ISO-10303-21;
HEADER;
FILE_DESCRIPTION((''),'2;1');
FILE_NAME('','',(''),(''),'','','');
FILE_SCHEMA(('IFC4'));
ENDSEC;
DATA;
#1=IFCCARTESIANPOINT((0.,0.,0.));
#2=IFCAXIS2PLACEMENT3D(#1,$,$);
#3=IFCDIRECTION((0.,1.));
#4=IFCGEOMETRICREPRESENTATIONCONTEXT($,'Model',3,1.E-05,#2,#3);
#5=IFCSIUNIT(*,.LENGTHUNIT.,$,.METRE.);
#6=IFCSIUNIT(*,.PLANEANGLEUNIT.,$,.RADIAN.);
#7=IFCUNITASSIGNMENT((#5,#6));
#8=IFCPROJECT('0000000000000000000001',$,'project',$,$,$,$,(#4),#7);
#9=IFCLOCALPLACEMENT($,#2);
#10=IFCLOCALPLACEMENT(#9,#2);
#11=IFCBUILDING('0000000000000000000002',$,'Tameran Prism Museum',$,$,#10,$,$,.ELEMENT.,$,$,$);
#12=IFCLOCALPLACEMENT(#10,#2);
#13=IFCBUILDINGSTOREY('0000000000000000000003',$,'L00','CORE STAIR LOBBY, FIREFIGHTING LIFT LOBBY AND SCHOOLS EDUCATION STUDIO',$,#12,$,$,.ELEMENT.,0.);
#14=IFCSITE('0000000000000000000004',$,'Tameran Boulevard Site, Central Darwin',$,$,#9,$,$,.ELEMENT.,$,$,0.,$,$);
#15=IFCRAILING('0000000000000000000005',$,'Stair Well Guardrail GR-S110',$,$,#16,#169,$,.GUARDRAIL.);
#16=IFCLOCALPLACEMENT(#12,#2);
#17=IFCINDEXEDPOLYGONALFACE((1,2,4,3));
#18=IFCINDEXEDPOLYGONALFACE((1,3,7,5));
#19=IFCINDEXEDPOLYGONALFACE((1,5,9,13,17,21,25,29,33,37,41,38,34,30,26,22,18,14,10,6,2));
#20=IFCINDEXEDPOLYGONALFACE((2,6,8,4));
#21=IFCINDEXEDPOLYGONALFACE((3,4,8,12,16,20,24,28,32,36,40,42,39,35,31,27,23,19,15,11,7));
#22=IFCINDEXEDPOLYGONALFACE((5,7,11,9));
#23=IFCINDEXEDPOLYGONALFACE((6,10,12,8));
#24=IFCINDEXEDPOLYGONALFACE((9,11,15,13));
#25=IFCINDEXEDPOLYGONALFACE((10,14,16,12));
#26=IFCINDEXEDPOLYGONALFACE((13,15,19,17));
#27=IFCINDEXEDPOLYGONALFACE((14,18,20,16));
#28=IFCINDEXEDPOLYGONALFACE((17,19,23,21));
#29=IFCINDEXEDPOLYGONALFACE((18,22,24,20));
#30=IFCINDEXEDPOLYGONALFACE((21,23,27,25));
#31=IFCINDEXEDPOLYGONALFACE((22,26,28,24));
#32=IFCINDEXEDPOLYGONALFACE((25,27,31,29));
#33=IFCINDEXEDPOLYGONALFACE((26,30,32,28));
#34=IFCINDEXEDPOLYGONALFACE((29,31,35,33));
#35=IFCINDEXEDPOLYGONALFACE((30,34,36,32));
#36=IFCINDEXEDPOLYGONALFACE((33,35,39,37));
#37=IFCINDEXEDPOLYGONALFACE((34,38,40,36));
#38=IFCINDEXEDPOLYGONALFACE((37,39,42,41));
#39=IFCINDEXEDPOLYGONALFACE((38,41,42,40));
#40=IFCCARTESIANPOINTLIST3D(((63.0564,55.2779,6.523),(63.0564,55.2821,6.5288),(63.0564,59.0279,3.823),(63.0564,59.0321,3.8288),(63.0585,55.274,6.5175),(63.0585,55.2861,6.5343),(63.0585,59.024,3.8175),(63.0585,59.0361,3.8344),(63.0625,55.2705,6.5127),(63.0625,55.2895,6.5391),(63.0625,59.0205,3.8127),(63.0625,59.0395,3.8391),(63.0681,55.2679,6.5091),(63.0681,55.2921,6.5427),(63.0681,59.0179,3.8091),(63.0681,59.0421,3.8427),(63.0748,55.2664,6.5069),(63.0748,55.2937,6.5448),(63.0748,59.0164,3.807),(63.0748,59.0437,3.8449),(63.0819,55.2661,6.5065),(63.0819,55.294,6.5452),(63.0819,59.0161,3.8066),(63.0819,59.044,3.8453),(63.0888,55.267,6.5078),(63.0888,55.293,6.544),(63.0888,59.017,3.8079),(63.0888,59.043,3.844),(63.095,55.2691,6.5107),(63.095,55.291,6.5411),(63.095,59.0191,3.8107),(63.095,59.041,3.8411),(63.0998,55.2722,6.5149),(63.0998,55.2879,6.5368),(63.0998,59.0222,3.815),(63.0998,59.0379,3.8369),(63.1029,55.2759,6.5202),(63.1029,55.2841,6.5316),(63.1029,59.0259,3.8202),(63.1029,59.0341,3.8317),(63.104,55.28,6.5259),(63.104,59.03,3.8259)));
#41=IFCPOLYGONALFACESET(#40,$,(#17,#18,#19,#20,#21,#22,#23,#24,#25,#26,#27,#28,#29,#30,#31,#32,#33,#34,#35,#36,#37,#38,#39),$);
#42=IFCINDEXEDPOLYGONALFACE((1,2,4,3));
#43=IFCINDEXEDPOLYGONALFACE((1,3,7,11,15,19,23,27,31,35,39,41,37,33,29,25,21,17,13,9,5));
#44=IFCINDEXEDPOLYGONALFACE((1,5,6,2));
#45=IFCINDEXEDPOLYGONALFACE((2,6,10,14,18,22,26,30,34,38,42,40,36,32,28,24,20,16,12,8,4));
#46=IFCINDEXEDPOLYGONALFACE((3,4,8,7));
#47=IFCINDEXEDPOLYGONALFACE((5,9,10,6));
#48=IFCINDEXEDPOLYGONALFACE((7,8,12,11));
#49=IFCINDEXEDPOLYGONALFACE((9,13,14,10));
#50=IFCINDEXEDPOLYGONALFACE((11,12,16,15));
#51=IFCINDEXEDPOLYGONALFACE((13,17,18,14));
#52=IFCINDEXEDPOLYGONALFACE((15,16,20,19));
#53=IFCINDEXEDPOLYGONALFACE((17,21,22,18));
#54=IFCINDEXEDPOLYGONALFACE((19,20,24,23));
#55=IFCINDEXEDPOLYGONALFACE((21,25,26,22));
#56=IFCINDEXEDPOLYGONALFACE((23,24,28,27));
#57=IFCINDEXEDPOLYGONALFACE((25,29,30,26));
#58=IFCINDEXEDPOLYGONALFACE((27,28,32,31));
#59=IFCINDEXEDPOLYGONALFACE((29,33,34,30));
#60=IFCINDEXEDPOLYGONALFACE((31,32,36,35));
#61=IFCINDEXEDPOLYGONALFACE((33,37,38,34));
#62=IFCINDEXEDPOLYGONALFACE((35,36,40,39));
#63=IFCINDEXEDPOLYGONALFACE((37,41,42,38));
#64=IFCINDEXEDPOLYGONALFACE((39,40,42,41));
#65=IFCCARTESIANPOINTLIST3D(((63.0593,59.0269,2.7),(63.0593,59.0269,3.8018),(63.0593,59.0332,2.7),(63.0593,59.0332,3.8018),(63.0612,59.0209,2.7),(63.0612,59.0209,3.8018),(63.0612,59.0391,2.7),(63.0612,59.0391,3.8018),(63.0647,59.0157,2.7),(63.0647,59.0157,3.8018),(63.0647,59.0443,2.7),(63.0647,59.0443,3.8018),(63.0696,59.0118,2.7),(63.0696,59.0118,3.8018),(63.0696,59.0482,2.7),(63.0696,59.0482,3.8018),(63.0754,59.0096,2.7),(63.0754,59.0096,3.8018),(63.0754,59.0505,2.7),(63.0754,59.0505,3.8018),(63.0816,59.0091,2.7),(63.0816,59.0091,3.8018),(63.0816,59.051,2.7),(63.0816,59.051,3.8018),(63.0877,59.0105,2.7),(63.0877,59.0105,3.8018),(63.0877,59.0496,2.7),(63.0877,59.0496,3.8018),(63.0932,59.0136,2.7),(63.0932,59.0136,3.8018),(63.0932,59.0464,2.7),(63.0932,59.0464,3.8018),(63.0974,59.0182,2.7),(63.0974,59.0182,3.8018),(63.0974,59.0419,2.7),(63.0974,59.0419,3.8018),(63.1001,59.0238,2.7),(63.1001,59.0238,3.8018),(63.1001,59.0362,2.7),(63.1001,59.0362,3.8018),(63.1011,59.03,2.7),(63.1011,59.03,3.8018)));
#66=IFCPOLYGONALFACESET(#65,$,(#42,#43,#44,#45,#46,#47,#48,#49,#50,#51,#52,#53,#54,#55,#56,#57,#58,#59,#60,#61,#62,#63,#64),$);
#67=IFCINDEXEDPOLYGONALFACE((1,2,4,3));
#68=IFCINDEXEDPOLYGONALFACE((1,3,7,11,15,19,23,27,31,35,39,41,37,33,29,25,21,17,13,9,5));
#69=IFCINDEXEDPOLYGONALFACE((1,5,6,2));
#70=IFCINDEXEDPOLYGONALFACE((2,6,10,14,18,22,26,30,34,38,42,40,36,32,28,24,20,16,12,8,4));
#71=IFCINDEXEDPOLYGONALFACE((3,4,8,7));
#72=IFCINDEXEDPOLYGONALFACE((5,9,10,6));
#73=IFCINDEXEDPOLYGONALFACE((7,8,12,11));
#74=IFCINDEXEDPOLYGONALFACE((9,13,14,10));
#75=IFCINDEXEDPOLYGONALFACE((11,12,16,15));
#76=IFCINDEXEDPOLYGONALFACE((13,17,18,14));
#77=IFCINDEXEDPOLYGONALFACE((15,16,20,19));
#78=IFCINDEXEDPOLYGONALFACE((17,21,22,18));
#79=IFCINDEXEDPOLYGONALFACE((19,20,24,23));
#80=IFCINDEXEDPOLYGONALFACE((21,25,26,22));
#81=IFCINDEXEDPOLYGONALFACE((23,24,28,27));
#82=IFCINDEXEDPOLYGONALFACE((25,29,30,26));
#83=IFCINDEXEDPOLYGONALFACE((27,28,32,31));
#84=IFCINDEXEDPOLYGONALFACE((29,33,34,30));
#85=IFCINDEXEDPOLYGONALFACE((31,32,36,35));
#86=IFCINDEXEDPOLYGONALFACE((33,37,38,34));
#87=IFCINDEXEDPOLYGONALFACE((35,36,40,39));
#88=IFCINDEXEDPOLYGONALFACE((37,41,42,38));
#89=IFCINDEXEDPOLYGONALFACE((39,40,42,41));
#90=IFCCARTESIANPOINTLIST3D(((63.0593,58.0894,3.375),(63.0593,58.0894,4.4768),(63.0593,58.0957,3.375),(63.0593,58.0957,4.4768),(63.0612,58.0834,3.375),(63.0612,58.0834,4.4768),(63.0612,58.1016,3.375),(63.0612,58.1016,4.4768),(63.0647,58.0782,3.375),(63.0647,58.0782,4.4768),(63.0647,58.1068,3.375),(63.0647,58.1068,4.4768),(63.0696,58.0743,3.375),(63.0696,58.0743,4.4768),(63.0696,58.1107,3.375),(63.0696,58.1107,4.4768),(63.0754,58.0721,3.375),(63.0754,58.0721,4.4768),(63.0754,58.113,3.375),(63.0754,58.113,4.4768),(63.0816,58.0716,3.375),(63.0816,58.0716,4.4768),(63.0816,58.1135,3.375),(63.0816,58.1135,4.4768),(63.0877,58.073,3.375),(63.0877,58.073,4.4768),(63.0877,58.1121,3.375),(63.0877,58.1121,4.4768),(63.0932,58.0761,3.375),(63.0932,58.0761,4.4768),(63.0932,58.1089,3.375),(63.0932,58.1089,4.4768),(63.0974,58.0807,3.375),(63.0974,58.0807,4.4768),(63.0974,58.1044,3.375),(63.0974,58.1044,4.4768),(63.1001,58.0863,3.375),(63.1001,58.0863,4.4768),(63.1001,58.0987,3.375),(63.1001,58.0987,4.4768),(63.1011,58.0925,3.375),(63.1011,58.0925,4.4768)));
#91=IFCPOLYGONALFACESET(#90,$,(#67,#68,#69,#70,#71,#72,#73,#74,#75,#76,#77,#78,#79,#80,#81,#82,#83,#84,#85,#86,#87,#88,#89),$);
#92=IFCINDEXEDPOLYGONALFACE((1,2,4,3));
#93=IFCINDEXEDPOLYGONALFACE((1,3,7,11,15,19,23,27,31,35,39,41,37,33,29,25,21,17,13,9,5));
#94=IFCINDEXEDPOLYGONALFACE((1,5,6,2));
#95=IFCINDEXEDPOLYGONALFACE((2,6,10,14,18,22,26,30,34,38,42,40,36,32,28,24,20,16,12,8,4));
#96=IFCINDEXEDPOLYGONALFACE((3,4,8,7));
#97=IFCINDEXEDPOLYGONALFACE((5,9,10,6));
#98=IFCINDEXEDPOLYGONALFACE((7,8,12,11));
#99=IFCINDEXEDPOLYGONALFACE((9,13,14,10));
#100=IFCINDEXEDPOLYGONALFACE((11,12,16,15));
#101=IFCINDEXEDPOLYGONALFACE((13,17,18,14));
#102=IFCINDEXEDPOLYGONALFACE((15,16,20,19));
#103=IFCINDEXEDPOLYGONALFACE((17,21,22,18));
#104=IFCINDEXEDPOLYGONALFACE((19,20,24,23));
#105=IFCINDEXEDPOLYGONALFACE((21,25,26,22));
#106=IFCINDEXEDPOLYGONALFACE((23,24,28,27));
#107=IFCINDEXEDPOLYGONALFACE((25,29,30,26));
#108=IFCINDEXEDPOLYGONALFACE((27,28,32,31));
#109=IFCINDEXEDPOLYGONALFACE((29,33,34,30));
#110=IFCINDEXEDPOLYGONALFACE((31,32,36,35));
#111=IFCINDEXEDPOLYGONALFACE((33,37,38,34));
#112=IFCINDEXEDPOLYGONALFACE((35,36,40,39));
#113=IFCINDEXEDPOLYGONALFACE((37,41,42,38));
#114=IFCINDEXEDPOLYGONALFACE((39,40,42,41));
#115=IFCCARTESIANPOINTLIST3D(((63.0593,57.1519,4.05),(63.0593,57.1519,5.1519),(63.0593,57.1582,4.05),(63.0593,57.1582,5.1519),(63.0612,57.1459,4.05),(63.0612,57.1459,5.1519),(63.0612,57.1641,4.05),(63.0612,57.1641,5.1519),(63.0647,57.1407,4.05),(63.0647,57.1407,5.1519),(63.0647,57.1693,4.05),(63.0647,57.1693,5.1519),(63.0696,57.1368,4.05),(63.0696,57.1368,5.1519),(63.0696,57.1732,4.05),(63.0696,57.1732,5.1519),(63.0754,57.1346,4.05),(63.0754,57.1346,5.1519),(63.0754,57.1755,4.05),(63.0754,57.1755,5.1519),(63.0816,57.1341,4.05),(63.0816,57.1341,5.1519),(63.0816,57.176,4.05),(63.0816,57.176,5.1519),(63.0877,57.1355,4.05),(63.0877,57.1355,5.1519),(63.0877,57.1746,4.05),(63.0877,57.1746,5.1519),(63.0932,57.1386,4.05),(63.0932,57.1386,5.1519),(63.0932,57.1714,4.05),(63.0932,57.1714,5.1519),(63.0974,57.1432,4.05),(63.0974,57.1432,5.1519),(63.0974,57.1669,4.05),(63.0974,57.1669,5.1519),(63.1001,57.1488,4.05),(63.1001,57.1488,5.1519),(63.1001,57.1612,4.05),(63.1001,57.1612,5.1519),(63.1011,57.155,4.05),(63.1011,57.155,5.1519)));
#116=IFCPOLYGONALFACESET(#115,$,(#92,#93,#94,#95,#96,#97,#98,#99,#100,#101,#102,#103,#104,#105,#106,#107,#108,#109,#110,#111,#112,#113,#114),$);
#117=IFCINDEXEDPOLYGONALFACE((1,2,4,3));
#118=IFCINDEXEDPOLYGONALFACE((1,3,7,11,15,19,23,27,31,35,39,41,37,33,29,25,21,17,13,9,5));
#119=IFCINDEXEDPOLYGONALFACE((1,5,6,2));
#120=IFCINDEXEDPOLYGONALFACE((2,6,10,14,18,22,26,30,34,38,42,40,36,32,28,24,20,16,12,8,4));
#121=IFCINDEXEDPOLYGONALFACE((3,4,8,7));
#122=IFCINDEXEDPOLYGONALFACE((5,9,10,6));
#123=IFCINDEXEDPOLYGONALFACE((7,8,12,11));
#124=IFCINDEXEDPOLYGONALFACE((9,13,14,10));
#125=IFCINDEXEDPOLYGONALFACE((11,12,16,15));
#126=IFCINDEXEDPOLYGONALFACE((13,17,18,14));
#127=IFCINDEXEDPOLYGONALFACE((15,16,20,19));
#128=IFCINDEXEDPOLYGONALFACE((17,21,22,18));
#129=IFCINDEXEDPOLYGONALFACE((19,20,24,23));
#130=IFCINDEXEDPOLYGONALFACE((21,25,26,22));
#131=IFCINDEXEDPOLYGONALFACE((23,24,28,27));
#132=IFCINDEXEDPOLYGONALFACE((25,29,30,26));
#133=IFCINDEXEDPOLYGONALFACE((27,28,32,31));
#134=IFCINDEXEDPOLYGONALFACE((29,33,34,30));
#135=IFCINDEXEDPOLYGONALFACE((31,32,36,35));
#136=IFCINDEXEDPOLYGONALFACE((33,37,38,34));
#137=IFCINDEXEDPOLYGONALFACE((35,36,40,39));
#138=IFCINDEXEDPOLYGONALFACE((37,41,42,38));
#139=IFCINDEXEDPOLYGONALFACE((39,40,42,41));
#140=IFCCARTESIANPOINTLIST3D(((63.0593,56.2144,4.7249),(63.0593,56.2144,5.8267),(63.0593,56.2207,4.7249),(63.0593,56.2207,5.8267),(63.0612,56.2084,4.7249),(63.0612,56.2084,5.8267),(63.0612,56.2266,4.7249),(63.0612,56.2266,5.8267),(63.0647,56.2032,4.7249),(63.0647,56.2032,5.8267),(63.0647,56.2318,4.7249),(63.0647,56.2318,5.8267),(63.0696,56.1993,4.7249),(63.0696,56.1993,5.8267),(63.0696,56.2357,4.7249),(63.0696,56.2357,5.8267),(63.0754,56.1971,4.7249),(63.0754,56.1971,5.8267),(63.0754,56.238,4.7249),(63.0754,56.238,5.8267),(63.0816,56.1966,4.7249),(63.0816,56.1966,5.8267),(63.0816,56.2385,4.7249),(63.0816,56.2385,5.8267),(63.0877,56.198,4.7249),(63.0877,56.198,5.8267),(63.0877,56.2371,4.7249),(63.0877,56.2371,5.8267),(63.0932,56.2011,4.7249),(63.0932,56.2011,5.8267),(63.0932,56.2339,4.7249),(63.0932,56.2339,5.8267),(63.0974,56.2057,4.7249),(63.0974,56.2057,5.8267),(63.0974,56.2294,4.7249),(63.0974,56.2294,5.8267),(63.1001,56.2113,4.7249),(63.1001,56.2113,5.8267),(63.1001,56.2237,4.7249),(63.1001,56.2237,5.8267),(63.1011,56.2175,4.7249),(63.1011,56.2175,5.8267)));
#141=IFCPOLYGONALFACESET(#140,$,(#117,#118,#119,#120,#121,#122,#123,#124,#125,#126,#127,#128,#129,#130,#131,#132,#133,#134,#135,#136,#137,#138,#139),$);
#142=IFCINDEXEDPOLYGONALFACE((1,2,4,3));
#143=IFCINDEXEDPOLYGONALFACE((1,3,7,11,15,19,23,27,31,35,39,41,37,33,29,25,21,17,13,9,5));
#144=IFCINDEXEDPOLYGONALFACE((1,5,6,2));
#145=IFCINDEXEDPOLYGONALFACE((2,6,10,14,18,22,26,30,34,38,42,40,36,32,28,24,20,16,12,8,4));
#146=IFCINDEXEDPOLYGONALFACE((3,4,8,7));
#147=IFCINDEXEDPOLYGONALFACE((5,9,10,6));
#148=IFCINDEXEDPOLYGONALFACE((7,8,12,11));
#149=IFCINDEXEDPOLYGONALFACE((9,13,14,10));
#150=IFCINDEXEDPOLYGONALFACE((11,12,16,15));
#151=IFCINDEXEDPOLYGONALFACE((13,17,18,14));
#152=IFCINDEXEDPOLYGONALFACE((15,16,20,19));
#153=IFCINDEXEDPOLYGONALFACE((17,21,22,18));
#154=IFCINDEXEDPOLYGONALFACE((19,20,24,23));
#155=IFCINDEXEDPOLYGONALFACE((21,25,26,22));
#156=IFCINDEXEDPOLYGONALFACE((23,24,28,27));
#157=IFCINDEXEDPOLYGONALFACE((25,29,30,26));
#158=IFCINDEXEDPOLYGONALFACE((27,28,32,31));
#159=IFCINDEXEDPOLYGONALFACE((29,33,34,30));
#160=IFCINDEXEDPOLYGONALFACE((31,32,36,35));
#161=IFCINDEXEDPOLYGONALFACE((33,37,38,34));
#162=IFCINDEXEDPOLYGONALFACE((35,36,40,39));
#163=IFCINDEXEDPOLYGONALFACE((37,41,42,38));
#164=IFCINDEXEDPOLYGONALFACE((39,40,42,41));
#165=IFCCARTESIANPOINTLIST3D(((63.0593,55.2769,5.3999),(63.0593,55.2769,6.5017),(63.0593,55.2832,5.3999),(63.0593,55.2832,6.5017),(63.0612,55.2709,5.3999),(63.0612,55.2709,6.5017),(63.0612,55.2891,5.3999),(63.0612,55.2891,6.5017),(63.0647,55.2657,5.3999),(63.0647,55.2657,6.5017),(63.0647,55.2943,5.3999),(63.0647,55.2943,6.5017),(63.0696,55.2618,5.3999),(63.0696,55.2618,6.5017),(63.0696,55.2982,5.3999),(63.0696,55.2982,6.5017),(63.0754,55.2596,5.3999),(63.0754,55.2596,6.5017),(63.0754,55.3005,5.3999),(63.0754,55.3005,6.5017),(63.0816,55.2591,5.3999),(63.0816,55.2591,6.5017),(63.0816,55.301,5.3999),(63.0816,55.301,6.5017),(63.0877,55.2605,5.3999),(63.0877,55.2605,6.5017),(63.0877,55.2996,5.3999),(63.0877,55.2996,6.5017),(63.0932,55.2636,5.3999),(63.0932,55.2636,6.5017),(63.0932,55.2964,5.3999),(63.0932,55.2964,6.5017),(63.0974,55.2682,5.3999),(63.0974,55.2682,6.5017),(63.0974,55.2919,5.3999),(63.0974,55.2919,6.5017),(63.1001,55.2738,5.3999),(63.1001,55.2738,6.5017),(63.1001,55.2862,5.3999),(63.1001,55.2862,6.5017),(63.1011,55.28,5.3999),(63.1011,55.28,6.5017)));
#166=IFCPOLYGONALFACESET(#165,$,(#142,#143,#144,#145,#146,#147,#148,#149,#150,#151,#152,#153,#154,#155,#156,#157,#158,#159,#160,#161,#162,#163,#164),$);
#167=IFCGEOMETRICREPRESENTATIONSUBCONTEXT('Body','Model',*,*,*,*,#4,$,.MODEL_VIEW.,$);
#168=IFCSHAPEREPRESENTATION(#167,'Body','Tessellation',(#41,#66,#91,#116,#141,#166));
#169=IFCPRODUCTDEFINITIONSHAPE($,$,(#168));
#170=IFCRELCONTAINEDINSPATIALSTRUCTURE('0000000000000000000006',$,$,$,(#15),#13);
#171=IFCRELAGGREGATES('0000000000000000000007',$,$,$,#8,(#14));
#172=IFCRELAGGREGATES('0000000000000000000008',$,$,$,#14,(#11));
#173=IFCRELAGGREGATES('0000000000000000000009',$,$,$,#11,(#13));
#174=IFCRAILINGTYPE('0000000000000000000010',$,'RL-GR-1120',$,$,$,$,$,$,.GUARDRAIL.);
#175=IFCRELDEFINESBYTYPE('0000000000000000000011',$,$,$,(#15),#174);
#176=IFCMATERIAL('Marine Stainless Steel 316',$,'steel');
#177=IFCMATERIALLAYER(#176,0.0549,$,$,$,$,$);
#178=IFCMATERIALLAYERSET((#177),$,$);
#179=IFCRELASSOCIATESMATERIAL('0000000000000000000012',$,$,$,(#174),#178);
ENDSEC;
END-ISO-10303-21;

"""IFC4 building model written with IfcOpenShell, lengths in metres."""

from ifc_helpers import new_model, si_unit, direction, frame, origin, origin_2d, place, context, subcontext, project, spatial, circle, extrude, material, layer, layer_set, type_object, element, save


model = new_model("IFC4")

# Units and contexts
model_context = context("Model", 3, precision=1e-05, world=origin(), true_north=direction((0.0, 1.0)))
body_context = subcontext(model_context, "Body", "Model", "MODEL_VIEW")
ifc_project = project(units=[si_unit("LENGTHUNIT", "METRE"), si_unit("PLANEANGLEUNIT", "RADIAN")], contexts=[model_context])

# Site, building, storey
site_placement = place(None, origin())
site = spatial("IfcSite", under=ifc_project, at=site_placement, Name="Tameran Boulevard Site, Central Darwin", CompositionType="ELEMENT", RefElevation=0.0)
building_placement = place(site_placement, origin())
building = spatial("IfcBuilding", under=site, at=building_placement, Name="Tameran Prism Museum", CompositionType="ELEMENT")
storey_placement = place(building_placement, origin())
storey = spatial("IfcBuildingStorey", under=building, at=storey_placement, Name="L00", Description="CORE STAIR LOBBY, FIREFIGHTING LIFT LOBBY AND SCHOOLS EDUCATION STUDIO", CompositionType="ELEMENT", Elevation=0.0)

# Railing
ifc_material_1 = material(Name="Marine Stainless Steel 316", Category="steel")
ifc_layer_1 = layer(ifc_material_1, 0.0549)
ifc_layer_set_1 = layer_set([ifc_layer_1])
railing_type_1 = type_object("IfcRailingType", Name="RL-GR-1120", PredefinedType="GUARDRAIL", material=ifc_layer_set_1)
railing_1_placement = place(storey_placement, frame((63.0801, 59.03, 2.7)))
element("IfcRailing", 1, at=railing_1_placement, inside=storey, type_object=railing_type_1, Name="Stair Well Guardrail GR-S110", PredefinedType="GUARDRAIL", context=body_context, shape_type="SweptSolid", body=[
    extrude(circle(Radius=0.0239, at=origin_2d()), frame((0.0, 0.0, 1.126), z_axis=(0.0, -0.811539, 0.584298), x_axis=(1.0, 0.0, 0.0)), (0.0, 0.0, 1.0), 4.6208),
    extrude(circle(Radius=0.021, at=origin_2d()), origin(), (0.0, 0.0, 1.0), 1.1018),
    extrude(circle(Radius=0.021, at=origin_2d()), frame((0.0, -0.9375, 0.675)), (0.0, 0.0, 1.0), 1.1018),
    extrude(circle(Radius=0.021, at=origin_2d()), frame((0.0, -1.875, 1.3501)), (0.0, 0.0, 1.0), 1.1018),
    extrude(circle(Radius=0.021, at=origin_2d()), frame((0.0, -2.8125, 2.0249)), (0.0, 0.0, 1.0), 1.1018),
    extrude(circle(Radius=0.021, at=origin_2d()), frame((0.0, -3.75, 2.7)), (0.0, 0.0, 1.0), 1.1018),
])

save(model, "model.ifc")
